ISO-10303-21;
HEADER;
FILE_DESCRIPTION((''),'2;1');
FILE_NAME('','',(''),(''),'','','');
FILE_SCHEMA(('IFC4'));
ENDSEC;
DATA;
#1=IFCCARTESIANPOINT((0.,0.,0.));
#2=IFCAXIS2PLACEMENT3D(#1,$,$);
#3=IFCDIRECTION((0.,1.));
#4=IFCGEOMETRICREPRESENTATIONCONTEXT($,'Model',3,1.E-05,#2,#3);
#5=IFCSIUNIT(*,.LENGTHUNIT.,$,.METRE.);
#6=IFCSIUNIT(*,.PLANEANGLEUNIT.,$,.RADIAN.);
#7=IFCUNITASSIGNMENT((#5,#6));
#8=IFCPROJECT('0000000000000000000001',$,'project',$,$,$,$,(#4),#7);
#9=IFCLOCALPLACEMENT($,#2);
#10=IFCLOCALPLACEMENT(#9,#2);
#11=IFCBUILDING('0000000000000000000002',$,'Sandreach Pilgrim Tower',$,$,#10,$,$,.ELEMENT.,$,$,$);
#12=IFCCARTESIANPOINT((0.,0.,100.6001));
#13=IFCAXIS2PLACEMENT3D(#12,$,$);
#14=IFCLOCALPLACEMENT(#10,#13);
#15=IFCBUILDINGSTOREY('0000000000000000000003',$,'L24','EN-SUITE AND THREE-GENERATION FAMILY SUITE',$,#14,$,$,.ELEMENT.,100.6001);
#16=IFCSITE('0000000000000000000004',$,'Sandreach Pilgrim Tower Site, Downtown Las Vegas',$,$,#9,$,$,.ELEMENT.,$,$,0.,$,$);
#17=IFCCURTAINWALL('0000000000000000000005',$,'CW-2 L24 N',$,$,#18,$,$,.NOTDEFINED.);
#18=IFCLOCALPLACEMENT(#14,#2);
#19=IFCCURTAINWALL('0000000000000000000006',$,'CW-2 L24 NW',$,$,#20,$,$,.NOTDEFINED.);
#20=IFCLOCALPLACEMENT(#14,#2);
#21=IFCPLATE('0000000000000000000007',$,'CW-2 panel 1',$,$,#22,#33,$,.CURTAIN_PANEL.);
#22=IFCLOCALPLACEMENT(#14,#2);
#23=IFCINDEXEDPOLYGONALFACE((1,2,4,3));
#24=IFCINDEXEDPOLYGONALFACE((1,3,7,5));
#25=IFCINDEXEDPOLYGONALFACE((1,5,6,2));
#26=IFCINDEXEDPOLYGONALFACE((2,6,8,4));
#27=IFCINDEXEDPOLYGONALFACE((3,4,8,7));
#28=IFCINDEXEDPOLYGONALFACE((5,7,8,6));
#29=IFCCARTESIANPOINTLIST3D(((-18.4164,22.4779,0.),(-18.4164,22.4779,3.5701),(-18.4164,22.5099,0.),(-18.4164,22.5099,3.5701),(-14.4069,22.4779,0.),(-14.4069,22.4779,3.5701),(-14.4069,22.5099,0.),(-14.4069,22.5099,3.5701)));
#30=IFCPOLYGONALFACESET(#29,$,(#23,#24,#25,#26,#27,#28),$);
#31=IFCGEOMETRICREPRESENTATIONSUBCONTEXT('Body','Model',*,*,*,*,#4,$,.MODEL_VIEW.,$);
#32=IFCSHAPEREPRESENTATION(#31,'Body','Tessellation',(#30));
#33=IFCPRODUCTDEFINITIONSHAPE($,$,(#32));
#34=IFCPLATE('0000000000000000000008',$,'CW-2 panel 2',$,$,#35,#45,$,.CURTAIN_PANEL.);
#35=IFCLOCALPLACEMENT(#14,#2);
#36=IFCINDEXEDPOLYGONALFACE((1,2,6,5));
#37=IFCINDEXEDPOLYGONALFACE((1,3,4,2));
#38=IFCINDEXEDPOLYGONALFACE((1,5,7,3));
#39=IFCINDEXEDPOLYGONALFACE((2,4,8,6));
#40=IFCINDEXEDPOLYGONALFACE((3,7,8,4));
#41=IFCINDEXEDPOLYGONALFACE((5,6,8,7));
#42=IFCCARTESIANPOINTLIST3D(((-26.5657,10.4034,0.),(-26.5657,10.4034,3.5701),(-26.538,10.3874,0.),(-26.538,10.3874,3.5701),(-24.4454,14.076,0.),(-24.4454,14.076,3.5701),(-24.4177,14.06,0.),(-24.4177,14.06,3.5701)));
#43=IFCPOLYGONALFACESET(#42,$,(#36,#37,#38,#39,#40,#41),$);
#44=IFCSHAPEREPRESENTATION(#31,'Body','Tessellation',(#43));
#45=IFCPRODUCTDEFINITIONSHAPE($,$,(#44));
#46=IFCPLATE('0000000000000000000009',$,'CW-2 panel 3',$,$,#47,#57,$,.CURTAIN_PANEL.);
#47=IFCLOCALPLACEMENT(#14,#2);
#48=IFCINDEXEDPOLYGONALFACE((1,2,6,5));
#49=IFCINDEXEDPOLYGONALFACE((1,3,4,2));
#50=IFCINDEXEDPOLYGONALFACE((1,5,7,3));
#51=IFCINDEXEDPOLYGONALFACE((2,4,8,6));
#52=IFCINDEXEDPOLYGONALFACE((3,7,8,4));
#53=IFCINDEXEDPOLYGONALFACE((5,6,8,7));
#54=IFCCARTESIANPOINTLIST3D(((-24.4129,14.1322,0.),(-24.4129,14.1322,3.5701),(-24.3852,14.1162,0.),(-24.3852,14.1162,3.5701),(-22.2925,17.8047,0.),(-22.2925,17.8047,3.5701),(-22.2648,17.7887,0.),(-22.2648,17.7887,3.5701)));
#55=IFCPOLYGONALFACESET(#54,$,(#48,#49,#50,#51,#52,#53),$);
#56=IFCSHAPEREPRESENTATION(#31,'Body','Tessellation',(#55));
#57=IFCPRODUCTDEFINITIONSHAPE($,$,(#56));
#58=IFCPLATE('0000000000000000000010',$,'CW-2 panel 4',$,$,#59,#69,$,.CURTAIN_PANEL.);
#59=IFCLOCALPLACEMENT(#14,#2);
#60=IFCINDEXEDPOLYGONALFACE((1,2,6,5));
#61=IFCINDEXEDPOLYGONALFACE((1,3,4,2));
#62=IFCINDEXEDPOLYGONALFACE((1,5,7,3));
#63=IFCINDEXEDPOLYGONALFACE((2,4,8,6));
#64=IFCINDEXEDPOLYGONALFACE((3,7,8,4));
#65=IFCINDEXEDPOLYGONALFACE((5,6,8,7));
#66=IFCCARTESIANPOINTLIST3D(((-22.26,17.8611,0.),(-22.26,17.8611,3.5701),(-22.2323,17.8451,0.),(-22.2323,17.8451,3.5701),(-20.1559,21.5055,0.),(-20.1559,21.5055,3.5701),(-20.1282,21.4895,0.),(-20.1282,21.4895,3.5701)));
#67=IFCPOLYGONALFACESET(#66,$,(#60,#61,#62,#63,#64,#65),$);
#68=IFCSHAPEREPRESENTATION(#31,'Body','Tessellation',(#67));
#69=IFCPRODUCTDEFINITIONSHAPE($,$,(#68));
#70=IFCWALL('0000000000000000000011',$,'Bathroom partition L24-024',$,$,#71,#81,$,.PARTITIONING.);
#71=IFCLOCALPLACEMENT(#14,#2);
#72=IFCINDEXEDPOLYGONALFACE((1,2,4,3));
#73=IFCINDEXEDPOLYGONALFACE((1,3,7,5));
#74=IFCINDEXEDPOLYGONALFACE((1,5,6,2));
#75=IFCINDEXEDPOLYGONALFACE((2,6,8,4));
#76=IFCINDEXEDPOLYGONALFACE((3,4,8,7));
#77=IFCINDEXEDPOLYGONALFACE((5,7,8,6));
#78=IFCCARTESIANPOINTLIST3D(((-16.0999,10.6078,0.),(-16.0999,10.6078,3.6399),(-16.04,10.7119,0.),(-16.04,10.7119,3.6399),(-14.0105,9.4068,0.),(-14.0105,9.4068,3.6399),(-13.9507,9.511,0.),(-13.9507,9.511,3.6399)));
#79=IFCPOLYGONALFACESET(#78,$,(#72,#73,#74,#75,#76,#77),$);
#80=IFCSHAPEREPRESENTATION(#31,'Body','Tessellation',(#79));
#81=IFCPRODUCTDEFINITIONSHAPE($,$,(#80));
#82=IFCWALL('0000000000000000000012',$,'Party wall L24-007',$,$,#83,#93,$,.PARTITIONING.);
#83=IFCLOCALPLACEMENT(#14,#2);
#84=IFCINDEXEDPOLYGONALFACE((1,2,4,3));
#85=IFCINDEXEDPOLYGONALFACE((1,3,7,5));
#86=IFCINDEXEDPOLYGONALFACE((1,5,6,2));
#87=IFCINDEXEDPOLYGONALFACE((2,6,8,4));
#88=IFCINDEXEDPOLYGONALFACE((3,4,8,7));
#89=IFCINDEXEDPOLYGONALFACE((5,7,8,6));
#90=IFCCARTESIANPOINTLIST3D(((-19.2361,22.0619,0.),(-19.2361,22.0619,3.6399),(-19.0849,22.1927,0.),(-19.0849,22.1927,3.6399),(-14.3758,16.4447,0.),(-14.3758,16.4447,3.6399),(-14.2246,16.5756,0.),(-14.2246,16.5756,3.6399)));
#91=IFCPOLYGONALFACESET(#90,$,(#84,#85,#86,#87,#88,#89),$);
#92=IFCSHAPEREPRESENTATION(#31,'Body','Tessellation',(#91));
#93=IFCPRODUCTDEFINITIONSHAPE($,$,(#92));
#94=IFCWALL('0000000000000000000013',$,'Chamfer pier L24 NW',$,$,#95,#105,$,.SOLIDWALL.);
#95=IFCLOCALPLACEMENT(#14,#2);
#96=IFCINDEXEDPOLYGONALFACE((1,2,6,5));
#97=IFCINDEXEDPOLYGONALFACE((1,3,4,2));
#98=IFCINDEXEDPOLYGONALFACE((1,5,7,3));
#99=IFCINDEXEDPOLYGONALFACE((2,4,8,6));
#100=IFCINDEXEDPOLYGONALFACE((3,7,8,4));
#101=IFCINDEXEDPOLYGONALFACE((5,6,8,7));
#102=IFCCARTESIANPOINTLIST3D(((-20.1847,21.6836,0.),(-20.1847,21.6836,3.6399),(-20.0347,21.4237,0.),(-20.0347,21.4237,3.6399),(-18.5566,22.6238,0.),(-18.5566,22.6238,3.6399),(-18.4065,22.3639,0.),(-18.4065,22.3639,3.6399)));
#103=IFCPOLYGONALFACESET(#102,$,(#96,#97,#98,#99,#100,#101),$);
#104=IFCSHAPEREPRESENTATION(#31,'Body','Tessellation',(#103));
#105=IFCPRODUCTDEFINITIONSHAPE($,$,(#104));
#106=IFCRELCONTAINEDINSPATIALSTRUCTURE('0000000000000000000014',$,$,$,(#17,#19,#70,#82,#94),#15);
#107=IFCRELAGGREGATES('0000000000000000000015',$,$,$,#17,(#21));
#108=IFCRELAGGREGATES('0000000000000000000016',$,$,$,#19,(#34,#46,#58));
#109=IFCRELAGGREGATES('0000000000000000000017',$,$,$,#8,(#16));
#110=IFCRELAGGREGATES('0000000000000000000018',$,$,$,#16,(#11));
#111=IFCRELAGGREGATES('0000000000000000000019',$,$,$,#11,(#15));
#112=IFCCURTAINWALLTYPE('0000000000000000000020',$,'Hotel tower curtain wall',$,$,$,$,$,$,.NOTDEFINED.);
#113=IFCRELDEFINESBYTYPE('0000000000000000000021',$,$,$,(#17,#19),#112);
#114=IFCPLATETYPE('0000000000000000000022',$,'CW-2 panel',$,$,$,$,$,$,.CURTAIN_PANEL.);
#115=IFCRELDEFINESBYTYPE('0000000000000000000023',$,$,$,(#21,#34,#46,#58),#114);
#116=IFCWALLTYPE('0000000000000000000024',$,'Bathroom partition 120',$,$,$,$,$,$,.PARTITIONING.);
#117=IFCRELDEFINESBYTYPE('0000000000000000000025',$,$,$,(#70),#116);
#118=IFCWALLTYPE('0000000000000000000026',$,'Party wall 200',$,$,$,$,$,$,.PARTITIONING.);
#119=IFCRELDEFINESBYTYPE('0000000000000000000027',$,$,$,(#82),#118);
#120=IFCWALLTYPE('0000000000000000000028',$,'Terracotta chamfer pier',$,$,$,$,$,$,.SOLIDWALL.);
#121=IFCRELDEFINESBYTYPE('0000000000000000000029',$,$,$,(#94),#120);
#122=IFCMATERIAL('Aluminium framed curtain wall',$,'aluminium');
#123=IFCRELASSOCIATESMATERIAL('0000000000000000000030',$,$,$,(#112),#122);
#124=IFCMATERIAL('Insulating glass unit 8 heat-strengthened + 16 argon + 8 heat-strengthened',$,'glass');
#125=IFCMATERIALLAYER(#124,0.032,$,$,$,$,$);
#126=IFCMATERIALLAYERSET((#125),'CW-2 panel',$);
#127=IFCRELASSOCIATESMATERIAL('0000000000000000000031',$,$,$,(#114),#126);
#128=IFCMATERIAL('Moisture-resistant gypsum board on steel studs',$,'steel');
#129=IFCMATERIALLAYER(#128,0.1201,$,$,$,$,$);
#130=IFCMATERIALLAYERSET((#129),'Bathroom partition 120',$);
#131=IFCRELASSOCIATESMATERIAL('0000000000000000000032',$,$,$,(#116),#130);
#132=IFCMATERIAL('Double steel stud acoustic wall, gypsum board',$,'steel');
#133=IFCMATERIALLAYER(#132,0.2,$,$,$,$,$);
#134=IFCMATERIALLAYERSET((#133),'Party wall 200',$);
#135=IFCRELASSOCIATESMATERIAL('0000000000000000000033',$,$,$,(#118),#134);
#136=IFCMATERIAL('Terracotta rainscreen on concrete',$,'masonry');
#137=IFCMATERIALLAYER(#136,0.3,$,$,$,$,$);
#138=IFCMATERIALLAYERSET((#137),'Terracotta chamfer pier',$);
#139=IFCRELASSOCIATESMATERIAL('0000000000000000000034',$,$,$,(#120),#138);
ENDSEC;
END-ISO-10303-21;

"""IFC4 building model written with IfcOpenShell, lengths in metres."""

from ifc_helpers import new_model, si_unit, direction, frame, frame_2d, origin, origin_2d, place, context, subcontext, project, spatial, rectangle, extrude, material, layer, layer_set, type_object, element, aggregate, save


model = new_model("IFC4")

# Units and contexts
model_context = context("Model", 3, precision=1e-05, world=origin(), true_north=direction((0.0, 1.0)))
body_context = subcontext(model_context, "Body", "Model", "MODEL_VIEW")
ifc_project = project(units=[si_unit("LENGTHUNIT", "METRE"), si_unit("PLANEANGLEUNIT", "RADIAN")], contexts=[model_context])

# Site, building, storey
site_placement = place(None, origin())
site = spatial("IfcSite", under=ifc_project, at=site_placement, Name="Sandreach Pilgrim Tower Site, Downtown Las Vegas", CompositionType="ELEMENT", RefElevation=0.0)
building_placement = place(site_placement, origin())
building = spatial("IfcBuilding", under=site, at=building_placement, Name="Sandreach Pilgrim Tower", CompositionType="ELEMENT")
storey_placement = place(building_placement, frame((0.0, 0.0, 100.6001)))
storey = spatial("IfcBuildingStorey", under=building, at=storey_placement, Name="L24", Description="EN-SUITE AND THREE-GENERATION FAMILY SUITE", CompositionType="ELEMENT", Elevation=100.6001)

# Curtain wall
ifc_material_1 = material(Name="Aluminium framed curtain wall", Category="aluminium")
curtain_wall_type = type_object("IfcCurtainWallType", Name="Hotel tower curtain wall", PredefinedType="NOTDEFINED", material=ifc_material_1)
curtain_wall_1_placement = place(storey_placement, origin())
curtain_wall_1 = element("IfcCurtainWall", 1, at=curtain_wall_1_placement, inside=storey, type_object=curtain_wall_type, Name="CW-2 L24 N", PredefinedType="NOTDEFINED")

# Curtain wall
curtain_wall_2_placement = place(storey_placement, origin())
curtain_wall_2 = element("IfcCurtainWall", 2, at=curtain_wall_2_placement, inside=storey, type_object=curtain_wall_type, Name="CW-2 L24 NW", PredefinedType="NOTDEFINED")

# Plates
ifc_material_2 = material(Name="Insulating glass unit 8 heat-strengthened + 16 argon + 8 heat-strengthened", Category="glass")
ifc_layer_1 = layer(ifc_material_2, 0.032)
ifc_layer_set_1 = layer_set([ifc_layer_1], Name="CW-2 panel")
plate_type = type_object("IfcPlateType", Name="CW-2 panel", PredefinedType="CURTAIN_PANEL", material=ifc_layer_set_1)
plate_1_placement = place(storey_placement, frame((-16.4116, 22.4939, 0.0), z_axis=(0.0, 0.0, 1.0), x_axis=(1.0, 0.0, 0.0)))
plate_1 = element("IfcPlate", 3, at=plate_1_placement, type_object=plate_type, Name="CW-2 panel 1", PredefinedType="CURTAIN_PANEL", context=body_context, shape_type="SweptSolid", body=[
    extrude(rectangle(XDim=4.0095, YDim=0.032, at=origin_2d()), origin(), (0.0, 0.0, 1.0), 3.5701),
])
aggregate(curtain_wall_1, [plate_1])
plate_2_placement = place(storey_placement, frame((-25.4917, 12.2317, 0.0), z_axis=(0.0, 0.0, 1.0), x_axis=(0.5, 0.866025, 0.0)))
plate_2 = element("IfcPlate", 4, at=plate_2_placement, type_object=plate_type, Name="CW-2 panel 2", PredefinedType="CURTAIN_PANEL", context=body_context, shape_type="SweptSolid", body=[
    extrude(rectangle(XDim=4.2407, YDim=0.032, at=origin_2d()), origin(), (0.0, 0.0, 1.0), 3.5701),
])
plate_3_placement = place(storey_placement, frame((-23.3389, 15.9604, 0.0), z_axis=(0.0, 0.0, 1.0), x_axis=(0.5, 0.866025, 0.0)))
plate_3 = element("IfcPlate", 5, at=plate_3_placement, type_object=plate_type, Name="CW-2 panel 3", PredefinedType="CURTAIN_PANEL", context=body_context, shape_type="SweptSolid", body=[
    extrude(rectangle(XDim=4.2407, YDim=0.032, at=origin_2d()), origin(), (0.0, 0.0, 1.0), 3.5701),
])
plate_4_placement = place(storey_placement, frame((-21.1941, 19.6753, 0.0), z_axis=(0.0, 0.0, 1.0), x_axis=(0.5, 0.866025, 0.0)))
plate_4 = element("IfcPlate", 6, at=plate_4_placement, type_object=plate_type, Name="CW-2 panel 4", PredefinedType="CURTAIN_PANEL", context=body_context, shape_type="SweptSolid", body=[
    extrude(rectangle(XDim=4.2083, YDim=0.032, at=origin_2d()), origin(), (0.0, 0.0, 1.0), 3.5701),
])
aggregate(curtain_wall_2, [plate_2, plate_3, plate_4])

# Wall
ifc_material_3 = material(Name="Moisture-resistant gypsum board on steel studs", Category="steel")
ifc_layer_2 = layer(ifc_material_3, 0.1201)
ifc_layer_set_2 = layer_set([ifc_layer_2], Name="Bathroom partition 120")
wall_type_1 = type_object("IfcWallType", Name="Bathroom partition 120", PredefinedType="PARTITIONING", material=ifc_layer_set_2)
wall_1_placement = place(storey_placement, frame((-16.0701, 10.6599, 0.0), z_axis=(0.0, 0.0, 1.0), x_axis=(0.866987, -0.49833, 0.0)))
element("IfcWall", 7, at=wall_1_placement, inside=storey, type_object=wall_type_1, Name="Bathroom partition L24-024", PredefinedType="PARTITIONING", context=body_context, shape_type="SweptSolid", body=[
    extrude(rectangle(XDim=2.4099, YDim=0.1201, at=frame_2d((1.2051, 0.0))), origin(), (0.0, 0.0, 1.0), 3.6399),
])

# Walls
ifc_material_4 = material(Name="Double steel stud acoustic wall, gypsum board", Category="steel")
ifc_layer_3 = layer(ifc_material_4, 0.2)
ifc_layer_set_3 = layer_set([ifc_layer_3], Name="Party wall 200")
wall_type_2 = type_object("IfcWallType", Name="Party wall 200", PredefinedType="PARTITIONING", material=ifc_layer_set_3)
wall_2_placement = place(storey_placement, frame((-19.1604, 22.1272, 0.0), z_axis=(0.0, 0.0, 1.0), x_axis=(0.654325, -0.756214, 0.0)))
element("IfcWall", 8, at=wall_2_placement, inside=storey, type_object=wall_type_2, Name="Party wall L24-007", PredefinedType="PARTITIONING", context=body_context, shape_type="SweptSolid", body=[
    extrude(rectangle(XDim=7.428, YDim=0.2, at=frame_2d((3.7139, 0.0))), origin(), (0.0, 0.0, 1.0), 3.6399),
])
ifc_material_5 = material(Name="Terracotta rainscreen on concrete", Category="masonry")
ifc_layer_4 = layer(ifc_material_5, 0.3)
ifc_layer_set_4 = layer_set([ifc_layer_4], Name="Terracotta chamfer pier")
wall_type_3 = type_object("IfcWallType", Name="Terracotta chamfer pier", PredefinedType="SOLIDWALL", material=ifc_layer_set_4)
wall_3_placement = place(storey_placement, frame((-20.1096, 21.5537, 0.0), z_axis=(0.0, 0.0, 1.0), x_axis=(0.865989, 0.500063, 0.0)))
element("IfcWall", 9, at=wall_3_placement, inside=storey, type_object=wall_type_3, Name="Chamfer pier L24 NW", PredefinedType="SOLIDWALL", context=body_context, shape_type="SweptSolid", body=[
    extrude(rectangle(XDim=1.8801, YDim=0.3, at=frame_2d((0.9399, 0.0))), origin(), (0.0, 0.0, 1.0), 3.6399),
])

save(model, "model.ifc")
